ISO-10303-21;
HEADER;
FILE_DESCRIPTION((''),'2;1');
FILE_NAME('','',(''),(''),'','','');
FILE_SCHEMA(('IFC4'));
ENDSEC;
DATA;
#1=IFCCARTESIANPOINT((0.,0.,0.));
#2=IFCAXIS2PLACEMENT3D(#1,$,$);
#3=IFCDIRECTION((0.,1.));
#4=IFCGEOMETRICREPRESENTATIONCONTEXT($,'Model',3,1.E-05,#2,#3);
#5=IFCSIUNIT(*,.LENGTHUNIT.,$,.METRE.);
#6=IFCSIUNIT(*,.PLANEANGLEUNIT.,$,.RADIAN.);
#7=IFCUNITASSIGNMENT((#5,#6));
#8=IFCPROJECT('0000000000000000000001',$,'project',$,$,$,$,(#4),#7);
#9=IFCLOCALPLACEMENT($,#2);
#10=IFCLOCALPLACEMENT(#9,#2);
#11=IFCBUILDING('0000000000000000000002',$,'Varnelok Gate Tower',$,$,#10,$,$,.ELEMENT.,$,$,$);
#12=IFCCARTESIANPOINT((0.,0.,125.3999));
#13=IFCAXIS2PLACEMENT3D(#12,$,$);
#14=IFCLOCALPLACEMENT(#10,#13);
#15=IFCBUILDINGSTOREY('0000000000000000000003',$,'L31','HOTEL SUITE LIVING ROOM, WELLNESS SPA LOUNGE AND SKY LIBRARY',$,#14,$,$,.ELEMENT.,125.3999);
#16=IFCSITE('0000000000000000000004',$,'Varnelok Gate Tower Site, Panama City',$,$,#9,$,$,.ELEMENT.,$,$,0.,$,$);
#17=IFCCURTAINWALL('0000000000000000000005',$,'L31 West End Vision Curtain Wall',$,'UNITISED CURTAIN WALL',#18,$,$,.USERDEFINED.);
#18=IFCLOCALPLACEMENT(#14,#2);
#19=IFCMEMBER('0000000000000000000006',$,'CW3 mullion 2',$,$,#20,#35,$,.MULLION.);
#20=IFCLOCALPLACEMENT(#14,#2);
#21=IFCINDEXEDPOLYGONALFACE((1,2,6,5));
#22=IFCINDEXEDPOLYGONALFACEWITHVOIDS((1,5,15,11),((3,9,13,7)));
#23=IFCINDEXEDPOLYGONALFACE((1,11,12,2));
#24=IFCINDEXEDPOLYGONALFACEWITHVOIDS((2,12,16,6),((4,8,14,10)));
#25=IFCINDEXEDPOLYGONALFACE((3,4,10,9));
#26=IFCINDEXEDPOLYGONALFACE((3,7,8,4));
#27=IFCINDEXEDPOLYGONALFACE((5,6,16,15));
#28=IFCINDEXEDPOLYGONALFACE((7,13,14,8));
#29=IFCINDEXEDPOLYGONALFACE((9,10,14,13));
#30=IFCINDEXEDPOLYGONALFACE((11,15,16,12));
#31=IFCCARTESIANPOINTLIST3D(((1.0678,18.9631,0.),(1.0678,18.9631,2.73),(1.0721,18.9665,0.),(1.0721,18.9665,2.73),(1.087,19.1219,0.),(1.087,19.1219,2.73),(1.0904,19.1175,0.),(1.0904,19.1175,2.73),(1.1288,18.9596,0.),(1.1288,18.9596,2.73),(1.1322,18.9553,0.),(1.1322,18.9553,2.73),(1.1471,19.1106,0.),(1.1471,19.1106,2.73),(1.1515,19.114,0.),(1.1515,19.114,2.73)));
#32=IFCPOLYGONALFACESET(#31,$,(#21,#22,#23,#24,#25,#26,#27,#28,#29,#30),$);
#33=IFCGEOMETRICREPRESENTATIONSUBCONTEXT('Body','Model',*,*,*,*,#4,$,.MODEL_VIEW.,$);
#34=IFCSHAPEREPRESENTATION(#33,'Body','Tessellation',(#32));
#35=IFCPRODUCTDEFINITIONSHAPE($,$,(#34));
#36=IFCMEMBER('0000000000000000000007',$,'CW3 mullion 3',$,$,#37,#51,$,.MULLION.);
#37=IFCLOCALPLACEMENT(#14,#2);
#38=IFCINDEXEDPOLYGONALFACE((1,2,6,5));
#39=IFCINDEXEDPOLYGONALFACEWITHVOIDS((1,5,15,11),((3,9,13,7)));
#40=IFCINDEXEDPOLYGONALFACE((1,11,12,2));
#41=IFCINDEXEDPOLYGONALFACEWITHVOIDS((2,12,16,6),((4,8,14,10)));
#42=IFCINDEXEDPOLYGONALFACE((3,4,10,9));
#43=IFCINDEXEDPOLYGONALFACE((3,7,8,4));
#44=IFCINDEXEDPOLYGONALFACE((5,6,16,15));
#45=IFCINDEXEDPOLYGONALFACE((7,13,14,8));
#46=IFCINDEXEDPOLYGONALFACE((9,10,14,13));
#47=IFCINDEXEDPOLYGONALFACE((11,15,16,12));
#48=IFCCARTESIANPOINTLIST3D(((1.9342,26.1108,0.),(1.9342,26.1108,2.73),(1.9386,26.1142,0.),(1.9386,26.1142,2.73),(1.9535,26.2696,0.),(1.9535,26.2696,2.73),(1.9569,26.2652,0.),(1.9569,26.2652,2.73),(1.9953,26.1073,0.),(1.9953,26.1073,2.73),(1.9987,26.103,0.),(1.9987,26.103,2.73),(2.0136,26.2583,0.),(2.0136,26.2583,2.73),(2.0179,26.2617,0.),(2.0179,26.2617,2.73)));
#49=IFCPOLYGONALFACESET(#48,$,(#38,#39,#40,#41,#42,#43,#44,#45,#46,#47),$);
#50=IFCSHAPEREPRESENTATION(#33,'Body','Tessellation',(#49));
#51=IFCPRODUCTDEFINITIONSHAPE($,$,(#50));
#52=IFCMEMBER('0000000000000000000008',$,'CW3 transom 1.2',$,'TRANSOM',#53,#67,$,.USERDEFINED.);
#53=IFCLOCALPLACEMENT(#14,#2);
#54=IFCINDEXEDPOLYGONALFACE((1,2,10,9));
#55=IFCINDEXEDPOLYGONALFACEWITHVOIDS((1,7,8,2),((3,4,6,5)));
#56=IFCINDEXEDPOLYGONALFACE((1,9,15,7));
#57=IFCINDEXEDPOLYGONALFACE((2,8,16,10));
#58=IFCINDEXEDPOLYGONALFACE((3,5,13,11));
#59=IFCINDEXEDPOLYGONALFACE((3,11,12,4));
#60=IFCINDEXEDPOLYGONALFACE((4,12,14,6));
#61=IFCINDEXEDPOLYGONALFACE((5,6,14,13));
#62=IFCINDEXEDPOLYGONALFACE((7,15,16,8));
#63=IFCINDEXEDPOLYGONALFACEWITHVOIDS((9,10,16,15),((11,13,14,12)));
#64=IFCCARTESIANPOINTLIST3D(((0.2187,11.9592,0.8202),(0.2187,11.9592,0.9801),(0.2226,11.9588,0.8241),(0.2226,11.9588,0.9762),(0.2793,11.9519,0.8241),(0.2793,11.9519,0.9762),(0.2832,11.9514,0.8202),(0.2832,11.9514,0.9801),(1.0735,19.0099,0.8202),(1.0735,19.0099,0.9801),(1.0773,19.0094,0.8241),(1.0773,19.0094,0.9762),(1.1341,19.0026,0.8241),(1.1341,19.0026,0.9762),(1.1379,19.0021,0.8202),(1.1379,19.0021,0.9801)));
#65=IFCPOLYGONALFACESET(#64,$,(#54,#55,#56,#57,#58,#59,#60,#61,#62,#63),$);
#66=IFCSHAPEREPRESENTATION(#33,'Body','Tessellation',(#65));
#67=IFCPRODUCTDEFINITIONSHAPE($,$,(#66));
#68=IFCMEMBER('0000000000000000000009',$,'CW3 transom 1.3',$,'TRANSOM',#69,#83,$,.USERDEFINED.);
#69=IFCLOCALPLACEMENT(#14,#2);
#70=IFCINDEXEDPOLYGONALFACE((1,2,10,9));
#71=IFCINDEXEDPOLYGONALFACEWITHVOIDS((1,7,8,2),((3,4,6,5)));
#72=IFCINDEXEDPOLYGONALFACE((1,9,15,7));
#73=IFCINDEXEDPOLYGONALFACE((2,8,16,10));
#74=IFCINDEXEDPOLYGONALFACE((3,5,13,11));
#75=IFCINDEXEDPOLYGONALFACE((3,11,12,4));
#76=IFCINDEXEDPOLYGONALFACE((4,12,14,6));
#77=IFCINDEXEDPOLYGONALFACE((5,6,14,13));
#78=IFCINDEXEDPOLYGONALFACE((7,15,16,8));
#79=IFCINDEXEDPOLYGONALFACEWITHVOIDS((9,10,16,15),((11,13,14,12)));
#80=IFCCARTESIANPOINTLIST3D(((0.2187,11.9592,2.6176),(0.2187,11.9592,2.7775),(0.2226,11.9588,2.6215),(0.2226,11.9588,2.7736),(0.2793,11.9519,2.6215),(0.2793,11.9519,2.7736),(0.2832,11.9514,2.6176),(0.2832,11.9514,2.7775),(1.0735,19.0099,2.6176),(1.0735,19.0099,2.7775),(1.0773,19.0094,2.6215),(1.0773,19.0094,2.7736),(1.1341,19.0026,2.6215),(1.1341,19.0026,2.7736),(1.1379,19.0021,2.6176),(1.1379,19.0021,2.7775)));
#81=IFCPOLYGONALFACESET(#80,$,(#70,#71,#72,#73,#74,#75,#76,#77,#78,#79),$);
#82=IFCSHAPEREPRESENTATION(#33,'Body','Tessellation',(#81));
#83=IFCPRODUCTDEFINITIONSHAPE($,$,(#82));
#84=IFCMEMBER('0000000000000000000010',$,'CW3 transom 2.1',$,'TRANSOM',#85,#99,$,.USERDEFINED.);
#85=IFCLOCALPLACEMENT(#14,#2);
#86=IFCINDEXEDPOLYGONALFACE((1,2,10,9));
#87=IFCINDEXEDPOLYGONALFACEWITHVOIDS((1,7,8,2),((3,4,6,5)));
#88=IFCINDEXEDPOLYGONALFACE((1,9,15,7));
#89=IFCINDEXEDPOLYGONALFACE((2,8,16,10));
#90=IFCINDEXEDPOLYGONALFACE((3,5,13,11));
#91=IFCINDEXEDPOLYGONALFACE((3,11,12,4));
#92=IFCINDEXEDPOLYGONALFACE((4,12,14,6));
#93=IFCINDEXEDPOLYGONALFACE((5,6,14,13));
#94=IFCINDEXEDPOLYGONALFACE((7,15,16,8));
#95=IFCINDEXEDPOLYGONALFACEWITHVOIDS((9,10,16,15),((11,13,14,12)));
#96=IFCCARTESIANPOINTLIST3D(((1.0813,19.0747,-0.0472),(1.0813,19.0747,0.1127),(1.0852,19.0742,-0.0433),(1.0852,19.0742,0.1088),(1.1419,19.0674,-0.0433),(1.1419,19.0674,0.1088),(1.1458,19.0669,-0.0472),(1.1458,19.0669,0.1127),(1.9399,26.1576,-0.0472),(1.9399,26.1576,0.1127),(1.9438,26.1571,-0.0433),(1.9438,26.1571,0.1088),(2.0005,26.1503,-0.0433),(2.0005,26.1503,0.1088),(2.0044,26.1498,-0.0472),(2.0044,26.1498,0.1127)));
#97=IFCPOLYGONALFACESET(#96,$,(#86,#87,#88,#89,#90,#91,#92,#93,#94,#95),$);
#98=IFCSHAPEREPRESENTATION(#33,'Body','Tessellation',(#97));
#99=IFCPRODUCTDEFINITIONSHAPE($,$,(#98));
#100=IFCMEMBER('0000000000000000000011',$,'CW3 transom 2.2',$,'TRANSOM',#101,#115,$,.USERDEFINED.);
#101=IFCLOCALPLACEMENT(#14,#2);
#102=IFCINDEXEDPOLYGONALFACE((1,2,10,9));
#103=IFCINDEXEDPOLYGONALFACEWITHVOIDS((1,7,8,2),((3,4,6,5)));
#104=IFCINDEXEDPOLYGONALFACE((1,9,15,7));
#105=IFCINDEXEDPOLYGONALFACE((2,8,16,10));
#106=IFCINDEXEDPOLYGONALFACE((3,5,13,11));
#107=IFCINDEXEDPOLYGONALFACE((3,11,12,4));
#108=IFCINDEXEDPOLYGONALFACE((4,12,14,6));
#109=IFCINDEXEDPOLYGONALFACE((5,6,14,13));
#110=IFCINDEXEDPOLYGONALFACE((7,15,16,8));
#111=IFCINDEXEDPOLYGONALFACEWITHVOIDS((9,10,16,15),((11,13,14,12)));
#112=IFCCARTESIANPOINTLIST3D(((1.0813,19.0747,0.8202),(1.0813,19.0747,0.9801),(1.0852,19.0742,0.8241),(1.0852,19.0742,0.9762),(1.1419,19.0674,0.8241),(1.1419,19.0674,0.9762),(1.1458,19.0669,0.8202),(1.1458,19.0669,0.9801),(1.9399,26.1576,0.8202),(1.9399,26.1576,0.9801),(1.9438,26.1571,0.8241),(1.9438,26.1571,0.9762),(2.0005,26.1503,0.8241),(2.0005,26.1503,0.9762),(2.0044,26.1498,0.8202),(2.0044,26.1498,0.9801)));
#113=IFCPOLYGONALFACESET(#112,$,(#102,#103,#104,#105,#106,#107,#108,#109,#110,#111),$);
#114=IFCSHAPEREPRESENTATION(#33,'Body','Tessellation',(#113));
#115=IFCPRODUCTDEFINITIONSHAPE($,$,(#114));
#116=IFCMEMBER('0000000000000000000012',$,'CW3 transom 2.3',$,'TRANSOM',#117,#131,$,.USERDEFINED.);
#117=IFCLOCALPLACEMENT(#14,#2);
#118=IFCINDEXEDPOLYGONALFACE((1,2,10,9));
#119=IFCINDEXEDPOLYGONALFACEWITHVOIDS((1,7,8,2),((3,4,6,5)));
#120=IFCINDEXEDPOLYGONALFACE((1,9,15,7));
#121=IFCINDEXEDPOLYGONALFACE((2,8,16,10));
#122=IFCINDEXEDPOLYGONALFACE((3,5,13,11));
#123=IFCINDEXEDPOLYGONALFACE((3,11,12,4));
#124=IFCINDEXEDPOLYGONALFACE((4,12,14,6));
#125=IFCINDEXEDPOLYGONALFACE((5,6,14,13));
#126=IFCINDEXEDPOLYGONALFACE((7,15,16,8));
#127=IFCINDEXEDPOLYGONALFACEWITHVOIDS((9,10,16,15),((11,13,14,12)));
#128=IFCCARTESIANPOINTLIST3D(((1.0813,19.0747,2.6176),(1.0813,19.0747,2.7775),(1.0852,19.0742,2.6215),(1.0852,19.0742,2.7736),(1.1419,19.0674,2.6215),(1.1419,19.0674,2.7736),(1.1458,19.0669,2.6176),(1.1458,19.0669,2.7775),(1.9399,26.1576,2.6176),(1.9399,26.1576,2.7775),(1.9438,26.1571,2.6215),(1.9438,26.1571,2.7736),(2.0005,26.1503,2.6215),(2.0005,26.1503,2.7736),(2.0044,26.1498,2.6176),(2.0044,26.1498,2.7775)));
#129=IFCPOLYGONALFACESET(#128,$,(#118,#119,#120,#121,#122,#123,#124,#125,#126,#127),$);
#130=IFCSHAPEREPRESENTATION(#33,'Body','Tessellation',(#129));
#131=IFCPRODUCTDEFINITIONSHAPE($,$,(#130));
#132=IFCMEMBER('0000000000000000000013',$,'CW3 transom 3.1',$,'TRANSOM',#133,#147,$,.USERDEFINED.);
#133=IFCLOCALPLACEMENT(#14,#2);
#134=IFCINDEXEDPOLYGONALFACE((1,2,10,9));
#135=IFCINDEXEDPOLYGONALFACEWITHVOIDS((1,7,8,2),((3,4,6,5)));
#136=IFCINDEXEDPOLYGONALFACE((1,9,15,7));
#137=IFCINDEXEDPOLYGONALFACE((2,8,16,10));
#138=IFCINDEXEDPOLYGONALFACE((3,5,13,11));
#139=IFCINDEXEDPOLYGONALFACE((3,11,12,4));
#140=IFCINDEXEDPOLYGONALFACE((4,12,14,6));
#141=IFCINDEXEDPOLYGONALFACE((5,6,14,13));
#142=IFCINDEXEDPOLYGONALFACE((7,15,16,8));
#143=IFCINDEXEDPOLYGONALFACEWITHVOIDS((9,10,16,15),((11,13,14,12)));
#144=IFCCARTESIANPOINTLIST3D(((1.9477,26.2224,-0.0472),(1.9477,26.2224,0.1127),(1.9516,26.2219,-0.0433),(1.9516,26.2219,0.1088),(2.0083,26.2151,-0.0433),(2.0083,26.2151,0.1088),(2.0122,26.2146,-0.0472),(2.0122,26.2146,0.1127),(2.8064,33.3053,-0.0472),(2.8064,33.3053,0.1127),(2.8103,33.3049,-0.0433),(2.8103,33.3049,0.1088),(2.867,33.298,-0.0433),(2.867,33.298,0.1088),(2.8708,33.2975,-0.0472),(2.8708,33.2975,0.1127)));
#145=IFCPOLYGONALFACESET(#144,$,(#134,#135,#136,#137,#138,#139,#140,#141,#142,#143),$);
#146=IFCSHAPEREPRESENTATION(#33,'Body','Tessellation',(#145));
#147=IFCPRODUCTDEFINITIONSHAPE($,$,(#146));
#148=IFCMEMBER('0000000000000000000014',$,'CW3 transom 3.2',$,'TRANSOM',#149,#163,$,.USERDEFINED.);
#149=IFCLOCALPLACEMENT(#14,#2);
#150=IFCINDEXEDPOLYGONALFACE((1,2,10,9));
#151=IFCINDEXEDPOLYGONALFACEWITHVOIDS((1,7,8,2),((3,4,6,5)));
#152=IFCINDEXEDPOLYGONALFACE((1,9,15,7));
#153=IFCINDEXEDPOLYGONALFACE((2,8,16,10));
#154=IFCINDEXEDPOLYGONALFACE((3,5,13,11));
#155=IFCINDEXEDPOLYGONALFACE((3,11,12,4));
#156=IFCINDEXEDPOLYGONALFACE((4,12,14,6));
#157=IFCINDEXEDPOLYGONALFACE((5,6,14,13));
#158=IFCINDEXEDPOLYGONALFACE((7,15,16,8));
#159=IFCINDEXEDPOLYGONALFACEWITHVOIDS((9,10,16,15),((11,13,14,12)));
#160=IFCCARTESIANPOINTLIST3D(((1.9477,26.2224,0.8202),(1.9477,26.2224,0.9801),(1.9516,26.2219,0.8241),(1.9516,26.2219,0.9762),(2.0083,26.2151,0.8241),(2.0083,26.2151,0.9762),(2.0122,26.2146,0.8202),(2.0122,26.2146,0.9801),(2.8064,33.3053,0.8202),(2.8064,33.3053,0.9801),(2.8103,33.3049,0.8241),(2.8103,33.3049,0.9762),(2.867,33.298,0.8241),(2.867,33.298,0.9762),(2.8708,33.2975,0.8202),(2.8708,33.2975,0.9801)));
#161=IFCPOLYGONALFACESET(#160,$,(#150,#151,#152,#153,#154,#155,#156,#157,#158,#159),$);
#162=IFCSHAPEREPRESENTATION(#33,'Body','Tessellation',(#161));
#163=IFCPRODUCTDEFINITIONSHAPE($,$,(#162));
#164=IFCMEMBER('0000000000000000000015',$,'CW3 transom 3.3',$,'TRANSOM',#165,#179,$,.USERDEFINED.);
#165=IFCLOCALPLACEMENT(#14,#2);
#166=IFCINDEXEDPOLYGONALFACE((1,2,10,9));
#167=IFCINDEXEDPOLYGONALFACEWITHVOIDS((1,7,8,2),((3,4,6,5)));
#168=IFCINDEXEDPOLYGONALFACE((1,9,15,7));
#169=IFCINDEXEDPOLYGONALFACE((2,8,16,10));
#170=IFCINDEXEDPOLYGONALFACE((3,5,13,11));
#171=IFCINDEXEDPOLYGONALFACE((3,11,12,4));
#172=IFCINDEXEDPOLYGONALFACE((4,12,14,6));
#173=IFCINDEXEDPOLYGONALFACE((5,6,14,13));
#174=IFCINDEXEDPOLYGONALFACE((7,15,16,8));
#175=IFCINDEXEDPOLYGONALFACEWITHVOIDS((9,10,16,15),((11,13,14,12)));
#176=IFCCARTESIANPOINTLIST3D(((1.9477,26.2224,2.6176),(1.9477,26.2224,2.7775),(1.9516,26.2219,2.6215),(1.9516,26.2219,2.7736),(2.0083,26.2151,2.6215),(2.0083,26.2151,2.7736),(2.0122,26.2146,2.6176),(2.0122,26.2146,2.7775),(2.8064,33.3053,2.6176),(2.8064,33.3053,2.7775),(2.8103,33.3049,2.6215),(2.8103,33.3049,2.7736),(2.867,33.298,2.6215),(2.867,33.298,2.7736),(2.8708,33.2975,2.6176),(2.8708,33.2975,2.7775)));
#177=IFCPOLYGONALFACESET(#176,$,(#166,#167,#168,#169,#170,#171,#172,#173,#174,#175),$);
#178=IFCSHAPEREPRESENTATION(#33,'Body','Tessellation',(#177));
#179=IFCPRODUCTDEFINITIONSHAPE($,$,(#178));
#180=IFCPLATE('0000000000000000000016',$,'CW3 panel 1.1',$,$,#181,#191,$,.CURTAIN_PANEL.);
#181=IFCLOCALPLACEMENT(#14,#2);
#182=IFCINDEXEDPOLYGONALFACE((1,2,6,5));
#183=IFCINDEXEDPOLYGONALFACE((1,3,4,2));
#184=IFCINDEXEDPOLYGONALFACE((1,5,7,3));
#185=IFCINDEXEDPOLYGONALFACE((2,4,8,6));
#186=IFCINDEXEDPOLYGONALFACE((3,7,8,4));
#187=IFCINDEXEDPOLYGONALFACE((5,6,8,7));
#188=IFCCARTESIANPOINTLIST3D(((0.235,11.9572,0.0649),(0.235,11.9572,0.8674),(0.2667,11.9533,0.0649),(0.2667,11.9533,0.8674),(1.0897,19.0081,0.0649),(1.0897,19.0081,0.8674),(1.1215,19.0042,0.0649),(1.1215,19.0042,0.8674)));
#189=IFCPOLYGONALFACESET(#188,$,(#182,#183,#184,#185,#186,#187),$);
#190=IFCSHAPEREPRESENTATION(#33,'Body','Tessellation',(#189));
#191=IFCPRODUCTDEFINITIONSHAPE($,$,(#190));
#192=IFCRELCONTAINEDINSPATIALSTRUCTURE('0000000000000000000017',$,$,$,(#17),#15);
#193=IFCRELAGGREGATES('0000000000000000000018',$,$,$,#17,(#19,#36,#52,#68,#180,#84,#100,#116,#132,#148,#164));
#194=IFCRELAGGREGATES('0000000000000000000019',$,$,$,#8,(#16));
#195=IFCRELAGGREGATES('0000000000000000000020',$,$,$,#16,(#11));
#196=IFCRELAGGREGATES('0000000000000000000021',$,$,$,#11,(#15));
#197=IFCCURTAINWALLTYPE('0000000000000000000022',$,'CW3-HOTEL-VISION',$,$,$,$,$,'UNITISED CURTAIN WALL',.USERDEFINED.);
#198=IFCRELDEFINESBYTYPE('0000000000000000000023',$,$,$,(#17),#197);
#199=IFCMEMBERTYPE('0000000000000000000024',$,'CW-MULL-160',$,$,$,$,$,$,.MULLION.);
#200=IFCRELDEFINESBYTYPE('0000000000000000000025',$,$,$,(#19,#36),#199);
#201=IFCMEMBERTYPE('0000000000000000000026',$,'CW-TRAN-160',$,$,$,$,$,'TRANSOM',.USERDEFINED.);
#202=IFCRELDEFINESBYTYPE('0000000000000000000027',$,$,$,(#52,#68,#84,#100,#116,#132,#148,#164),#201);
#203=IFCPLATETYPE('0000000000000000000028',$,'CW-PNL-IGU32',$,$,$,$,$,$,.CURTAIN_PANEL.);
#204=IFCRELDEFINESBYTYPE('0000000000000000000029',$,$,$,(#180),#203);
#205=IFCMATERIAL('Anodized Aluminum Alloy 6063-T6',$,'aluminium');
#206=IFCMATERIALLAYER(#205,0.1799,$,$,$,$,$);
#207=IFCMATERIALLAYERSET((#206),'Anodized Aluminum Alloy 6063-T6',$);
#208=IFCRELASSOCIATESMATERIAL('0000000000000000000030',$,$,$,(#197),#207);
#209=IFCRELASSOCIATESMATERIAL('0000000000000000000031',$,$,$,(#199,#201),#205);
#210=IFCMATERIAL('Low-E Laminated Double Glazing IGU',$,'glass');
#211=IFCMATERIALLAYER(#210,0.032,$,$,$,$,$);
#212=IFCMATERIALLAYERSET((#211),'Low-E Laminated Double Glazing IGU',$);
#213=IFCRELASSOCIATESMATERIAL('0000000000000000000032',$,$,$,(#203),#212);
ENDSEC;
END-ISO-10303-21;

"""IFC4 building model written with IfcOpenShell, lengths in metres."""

from ifc_helpers import new_model, si_unit, direction, frame, origin, origin_2d, place, context, subcontext, project, spatial, rectangle, hollow_rectangle, extrude, source, transform, mapped, material, layer, layer_set, material_profile, profile_set, type_object, element, aggregate, save


model = new_model("IFC4")

# Units and contexts
model_context = context("Model", 3, precision=1e-05, world=origin(), true_north=direction((0.0, 1.0)))
body_context = subcontext(model_context, "Body", "Model", "MODEL_VIEW")
ifc_project = project(units=[si_unit("LENGTHUNIT", "METRE"), si_unit("PLANEANGLEUNIT", "RADIAN")], contexts=[model_context])

# Site, building, storey
site_placement = place(None, origin())
site = spatial("IfcSite", under=ifc_project, at=site_placement, Name="Varnelok Gate Tower Site, Panama City", CompositionType="ELEMENT", RefElevation=0.0)
building_placement = place(site_placement, origin())
building = spatial("IfcBuilding", under=site, at=building_placement, Name="Varnelok Gate Tower", CompositionType="ELEMENT")
storey_placement = place(building_placement, frame((0.0, 0.0, 125.3999)))
storey = spatial("IfcBuildingStorey", under=building, at=storey_placement, Name="L31", Description="HOTEL SUITE LIVING ROOM, WELLNESS SPA LOUNGE AND SKY LIBRARY", CompositionType="ELEMENT", Elevation=125.3999)

# Curtain wall, members, plate
ifc_material_1 = material(Name="Anodized Aluminum Alloy 6063-T6", Category="aluminium")
ifc_layer_1 = layer(ifc_material_1, 0.1799)
ifc_layer_set_1 = layer_set([ifc_layer_1], Name="Anodized Aluminum Alloy 6063-T6")
curtain_wall_type = type_object("IfcCurtainWallType", Name="CW3-HOTEL-VISION", ElementType="UNITISED CURTAIN WALL", PredefinedType="USERDEFINED", material=ifc_layer_set_1)
curtain_wall_placement = place(storey_placement, origin())
curtain_wall = element("IfcCurtainWall", 1, at=curtain_wall_placement, inside=storey, type_object=curtain_wall_type, Name="L31 West End Vision Curtain Wall", ObjectType="UNITISED CURTAIN WALL", PredefinedType="USERDEFINED")
ifc_material_profile_1 = material_profile(ifc_material_1, hollow_rectangle(XDim=0.0649, YDim=0.1599, WallThickness=0.0039, at=origin_2d()), Name="ALU160X65X4")
ifc_profile_set_1 = profile_set([ifc_material_profile_1], Name="Anodized Aluminum Alloy 6063-T6")
member_type_1 = type_object("IfcMemberType", Name="CW-MULL-160", PredefinedType="MULLION", material=ifc_profile_set_1)
member_1_placement = place(storey_placement, frame((1.1096, 19.0386, 0.0), z_axis=(0.0, 0.0, 1.0), x_axis=(-0.992732, 0.120347, 0.0)))
member_1 = element("IfcMember", 2, at=member_1_placement, type_object=member_type_1, Name="CW3 mullion 2", PredefinedType="MULLION", context=body_context, shape_type="SweptSolid", body=[
    extrude(hollow_rectangle(XDim=0.0649, YDim=0.1599, WallThickness=0.0039, at=origin_2d()), origin(), (0.0, 0.0, 1.0), 2.73),
])
member_2_placement = place(storey_placement, frame((1.9761, 26.1863, 0.0), z_axis=(0.0, 0.0, 1.0), x_axis=(-0.992732, 0.120347, 0.0)))
member_2 = element("IfcMember", 3, at=member_2_placement, type_object=member_type_1, Name="CW3 mullion 3", PredefinedType="MULLION", context=body_context, shape_type="SweptSolid", body=[
    extrude(hollow_rectangle(XDim=0.0649, YDim=0.1599, WallThickness=0.0039, at=origin_2d()), origin(), (0.0, 0.0, 1.0), 2.73),
])
ifc_material_profile_2 = material_profile(ifc_material_1, hollow_rectangle(XDim=0.0649, YDim=0.1599, WallThickness=0.0039, at=origin_2d()), Name="ALU160X65X4")
ifc_profile_set_2 = profile_set([ifc_material_profile_2], Name="Anodized Aluminum Alloy 6063-T6")
member_type_2 = type_object("IfcMemberType", Name="CW-TRAN-160", ElementType="TRANSOM", PredefinedType="USERDEFINED", material=ifc_profile_set_2)
member_3_placement = place(storey_placement, frame((0.251, 11.9553, 0.9001), z_axis=(0.120345, 0.992732, 0.0), x_axis=(-0.992732, 0.120345, 0.0)))
member_3 = element("IfcMember", 4, at=member_3_placement, type_object=member_type_2, Name="CW3 transom 1.2", ObjectType="TRANSOM", PredefinedType="USERDEFINED", context=body_context, shape_type="SweptSolid", body=[
    extrude(hollow_rectangle(XDim=0.0649, YDim=0.1599, WallThickness=0.0039, at=origin_2d()), origin(), (0.0, 0.0, 1.0), 7.1023),
])
member_4_placement = place(storey_placement, frame((0.251, 11.9553, 2.6975), z_axis=(0.120345, 0.992732, 0.0), x_axis=(-0.992732, 0.120345, 0.0)))
member_4 = element("IfcMember", 5, at=member_4_placement, type_object=member_type_2, Name="CW3 transom 1.3", ObjectType="TRANSOM", PredefinedType="USERDEFINED", context=body_context, shape_type="SweptSolid", body=[
    extrude(hollow_rectangle(XDim=0.0649, YDim=0.1599, WallThickness=0.0039, at=origin_2d()), origin(), (0.0, 0.0, 1.0), 7.1023),
])
member_5_placement = place(storey_placement, frame((1.1135, 19.0708, 0.0327), z_axis=(0.120345, 0.992732, 0.0), x_axis=(-0.992732, 0.120345, 0.0)))
member_5 = element("IfcMember", 6, at=member_5_placement, type_object=member_type_2, Name="CW3 transom 2.1", ObjectType="TRANSOM", PredefinedType="USERDEFINED", context=body_context, shape_type="SweptSolid", body=[
    extrude(hollow_rectangle(XDim=0.0649, YDim=0.1599, WallThickness=0.0039, at=origin_2d()), origin(), (0.0, 0.0, 1.0), 7.1348),
])
member_6_placement = place(storey_placement, frame((1.1135, 19.0708, 0.9001), z_axis=(0.120345, 0.992732, 0.0), x_axis=(-0.992732, 0.120345, 0.0)))
member_6 = element("IfcMember", 7, at=member_6_placement, type_object=member_type_2, Name="CW3 transom 2.2", ObjectType="TRANSOM", PredefinedType="USERDEFINED", context=body_context, shape_type="SweptSolid", body=[
    extrude(hollow_rectangle(XDim=0.0649, YDim=0.1599, WallThickness=0.0039, at=origin_2d()), origin(), (0.0, 0.0, 1.0), 7.1348),
])
member_7_placement = place(storey_placement, frame((1.1135, 19.0708, 2.6975), z_axis=(0.120345, 0.992732, 0.0), x_axis=(-0.992732, 0.120345, 0.0)))
member_7 = element("IfcMember", 8, at=member_7_placement, type_object=member_type_2, Name="CW3 transom 2.3", ObjectType="TRANSOM", PredefinedType="USERDEFINED", context=body_context, shape_type="SweptSolid", body=[
    extrude(hollow_rectangle(XDim=0.0649, YDim=0.1599, WallThickness=0.0039, at=origin_2d()), origin(), (0.0, 0.0, 1.0), 7.1348),
])
member_8_placement = place(storey_placement, frame((1.98, 26.2185, 0.0327), z_axis=(0.120345, 0.992732, 0.0), x_axis=(-0.992732, 0.120345, 0.0)))
member_8 = element("IfcMember", 9, at=member_8_placement, type_object=member_type_2, Name="CW3 transom 3.1", ObjectType="TRANSOM", PredefinedType="USERDEFINED", context=body_context, shape_type="SweptSolid", body=[
    extrude(hollow_rectangle(XDim=0.0649, YDim=0.1599, WallThickness=0.0039, at=origin_2d()), origin(), (0.0, 0.0, 1.0), 7.1348),
])
member_9_placement = place(storey_placement, frame((1.98, 26.2185, 0.9001), z_axis=(0.120345, 0.992732, 0.0), x_axis=(-0.992732, 0.120345, 0.0)))
member_9 = element("IfcMember", 10, at=member_9_placement, type_object=member_type_2, Name="CW3 transom 3.2", ObjectType="TRANSOM", PredefinedType="USERDEFINED", context=body_context, shape_type="SweptSolid", body=[
    extrude(hollow_rectangle(XDim=0.0649, YDim=0.1599, WallThickness=0.0039, at=origin_2d()), origin(), (0.0, 0.0, 1.0), 7.1348),
])
member_10_placement = place(storey_placement, frame((1.98, 26.2185, 2.6975), z_axis=(0.120345, 0.992732, 0.0), x_axis=(-0.992732, 0.120345, 0.0)))
member_10 = element("IfcMember", 11, at=member_10_placement, type_object=member_type_2, Name="CW3 transom 3.3", ObjectType="TRANSOM", PredefinedType="USERDEFINED", context=body_context, shape_type="SweptSolid", body=[
    extrude(hollow_rectangle(XDim=0.0649, YDim=0.1599, WallThickness=0.0039, at=origin_2d()), origin(), (0.0, 0.0, 1.0), 7.1348),
])
ifc_material_2 = material(Name="Low-E Laminated Double Glazing IGU", Category="glass")
ifc_layer_2 = layer(ifc_material_2, 0.032)
ifc_layer_set_2 = layer_set([ifc_layer_2], Name="Low-E Laminated Double Glazing IGU")
plate_type = type_object("IfcPlateType", Name="CW-PNL-IGU32", PredefinedType="CURTAIN_PANEL", material=ifc_layer_set_2)
shared_shape_1 = source(origin(), body_context, "Body", "SweptSolid", [
    extrude(rectangle(XDim=7.1025, YDim=0.032, at=origin_2d()), origin(), (0.0, 0.0, 1.0), 0.8025),
])
plate_1_placement = place(storey_placement, frame((0.6782, 15.4807, 0.0649), z_axis=(0.0, 0.0, 1.0), x_axis=(0.120347, 0.992732, 0.0)))
plate_1 = element("IfcPlate", 12, at=plate_1_placement, type_object=plate_type, Name="CW3 panel 1.1", PredefinedType="CURTAIN_PANEL", context=body_context, shape_type="MappedRepresentation", body=[
    mapped(shared_shape_1, transform((0.0, 0.0, 0.0), scale=1.0)),
])
aggregate(curtain_wall, [member_1, member_2, member_3, member_4, plate_1, member_5, member_6, member_7, member_8, member_9, member_10])

save(model, "model.ifc")
